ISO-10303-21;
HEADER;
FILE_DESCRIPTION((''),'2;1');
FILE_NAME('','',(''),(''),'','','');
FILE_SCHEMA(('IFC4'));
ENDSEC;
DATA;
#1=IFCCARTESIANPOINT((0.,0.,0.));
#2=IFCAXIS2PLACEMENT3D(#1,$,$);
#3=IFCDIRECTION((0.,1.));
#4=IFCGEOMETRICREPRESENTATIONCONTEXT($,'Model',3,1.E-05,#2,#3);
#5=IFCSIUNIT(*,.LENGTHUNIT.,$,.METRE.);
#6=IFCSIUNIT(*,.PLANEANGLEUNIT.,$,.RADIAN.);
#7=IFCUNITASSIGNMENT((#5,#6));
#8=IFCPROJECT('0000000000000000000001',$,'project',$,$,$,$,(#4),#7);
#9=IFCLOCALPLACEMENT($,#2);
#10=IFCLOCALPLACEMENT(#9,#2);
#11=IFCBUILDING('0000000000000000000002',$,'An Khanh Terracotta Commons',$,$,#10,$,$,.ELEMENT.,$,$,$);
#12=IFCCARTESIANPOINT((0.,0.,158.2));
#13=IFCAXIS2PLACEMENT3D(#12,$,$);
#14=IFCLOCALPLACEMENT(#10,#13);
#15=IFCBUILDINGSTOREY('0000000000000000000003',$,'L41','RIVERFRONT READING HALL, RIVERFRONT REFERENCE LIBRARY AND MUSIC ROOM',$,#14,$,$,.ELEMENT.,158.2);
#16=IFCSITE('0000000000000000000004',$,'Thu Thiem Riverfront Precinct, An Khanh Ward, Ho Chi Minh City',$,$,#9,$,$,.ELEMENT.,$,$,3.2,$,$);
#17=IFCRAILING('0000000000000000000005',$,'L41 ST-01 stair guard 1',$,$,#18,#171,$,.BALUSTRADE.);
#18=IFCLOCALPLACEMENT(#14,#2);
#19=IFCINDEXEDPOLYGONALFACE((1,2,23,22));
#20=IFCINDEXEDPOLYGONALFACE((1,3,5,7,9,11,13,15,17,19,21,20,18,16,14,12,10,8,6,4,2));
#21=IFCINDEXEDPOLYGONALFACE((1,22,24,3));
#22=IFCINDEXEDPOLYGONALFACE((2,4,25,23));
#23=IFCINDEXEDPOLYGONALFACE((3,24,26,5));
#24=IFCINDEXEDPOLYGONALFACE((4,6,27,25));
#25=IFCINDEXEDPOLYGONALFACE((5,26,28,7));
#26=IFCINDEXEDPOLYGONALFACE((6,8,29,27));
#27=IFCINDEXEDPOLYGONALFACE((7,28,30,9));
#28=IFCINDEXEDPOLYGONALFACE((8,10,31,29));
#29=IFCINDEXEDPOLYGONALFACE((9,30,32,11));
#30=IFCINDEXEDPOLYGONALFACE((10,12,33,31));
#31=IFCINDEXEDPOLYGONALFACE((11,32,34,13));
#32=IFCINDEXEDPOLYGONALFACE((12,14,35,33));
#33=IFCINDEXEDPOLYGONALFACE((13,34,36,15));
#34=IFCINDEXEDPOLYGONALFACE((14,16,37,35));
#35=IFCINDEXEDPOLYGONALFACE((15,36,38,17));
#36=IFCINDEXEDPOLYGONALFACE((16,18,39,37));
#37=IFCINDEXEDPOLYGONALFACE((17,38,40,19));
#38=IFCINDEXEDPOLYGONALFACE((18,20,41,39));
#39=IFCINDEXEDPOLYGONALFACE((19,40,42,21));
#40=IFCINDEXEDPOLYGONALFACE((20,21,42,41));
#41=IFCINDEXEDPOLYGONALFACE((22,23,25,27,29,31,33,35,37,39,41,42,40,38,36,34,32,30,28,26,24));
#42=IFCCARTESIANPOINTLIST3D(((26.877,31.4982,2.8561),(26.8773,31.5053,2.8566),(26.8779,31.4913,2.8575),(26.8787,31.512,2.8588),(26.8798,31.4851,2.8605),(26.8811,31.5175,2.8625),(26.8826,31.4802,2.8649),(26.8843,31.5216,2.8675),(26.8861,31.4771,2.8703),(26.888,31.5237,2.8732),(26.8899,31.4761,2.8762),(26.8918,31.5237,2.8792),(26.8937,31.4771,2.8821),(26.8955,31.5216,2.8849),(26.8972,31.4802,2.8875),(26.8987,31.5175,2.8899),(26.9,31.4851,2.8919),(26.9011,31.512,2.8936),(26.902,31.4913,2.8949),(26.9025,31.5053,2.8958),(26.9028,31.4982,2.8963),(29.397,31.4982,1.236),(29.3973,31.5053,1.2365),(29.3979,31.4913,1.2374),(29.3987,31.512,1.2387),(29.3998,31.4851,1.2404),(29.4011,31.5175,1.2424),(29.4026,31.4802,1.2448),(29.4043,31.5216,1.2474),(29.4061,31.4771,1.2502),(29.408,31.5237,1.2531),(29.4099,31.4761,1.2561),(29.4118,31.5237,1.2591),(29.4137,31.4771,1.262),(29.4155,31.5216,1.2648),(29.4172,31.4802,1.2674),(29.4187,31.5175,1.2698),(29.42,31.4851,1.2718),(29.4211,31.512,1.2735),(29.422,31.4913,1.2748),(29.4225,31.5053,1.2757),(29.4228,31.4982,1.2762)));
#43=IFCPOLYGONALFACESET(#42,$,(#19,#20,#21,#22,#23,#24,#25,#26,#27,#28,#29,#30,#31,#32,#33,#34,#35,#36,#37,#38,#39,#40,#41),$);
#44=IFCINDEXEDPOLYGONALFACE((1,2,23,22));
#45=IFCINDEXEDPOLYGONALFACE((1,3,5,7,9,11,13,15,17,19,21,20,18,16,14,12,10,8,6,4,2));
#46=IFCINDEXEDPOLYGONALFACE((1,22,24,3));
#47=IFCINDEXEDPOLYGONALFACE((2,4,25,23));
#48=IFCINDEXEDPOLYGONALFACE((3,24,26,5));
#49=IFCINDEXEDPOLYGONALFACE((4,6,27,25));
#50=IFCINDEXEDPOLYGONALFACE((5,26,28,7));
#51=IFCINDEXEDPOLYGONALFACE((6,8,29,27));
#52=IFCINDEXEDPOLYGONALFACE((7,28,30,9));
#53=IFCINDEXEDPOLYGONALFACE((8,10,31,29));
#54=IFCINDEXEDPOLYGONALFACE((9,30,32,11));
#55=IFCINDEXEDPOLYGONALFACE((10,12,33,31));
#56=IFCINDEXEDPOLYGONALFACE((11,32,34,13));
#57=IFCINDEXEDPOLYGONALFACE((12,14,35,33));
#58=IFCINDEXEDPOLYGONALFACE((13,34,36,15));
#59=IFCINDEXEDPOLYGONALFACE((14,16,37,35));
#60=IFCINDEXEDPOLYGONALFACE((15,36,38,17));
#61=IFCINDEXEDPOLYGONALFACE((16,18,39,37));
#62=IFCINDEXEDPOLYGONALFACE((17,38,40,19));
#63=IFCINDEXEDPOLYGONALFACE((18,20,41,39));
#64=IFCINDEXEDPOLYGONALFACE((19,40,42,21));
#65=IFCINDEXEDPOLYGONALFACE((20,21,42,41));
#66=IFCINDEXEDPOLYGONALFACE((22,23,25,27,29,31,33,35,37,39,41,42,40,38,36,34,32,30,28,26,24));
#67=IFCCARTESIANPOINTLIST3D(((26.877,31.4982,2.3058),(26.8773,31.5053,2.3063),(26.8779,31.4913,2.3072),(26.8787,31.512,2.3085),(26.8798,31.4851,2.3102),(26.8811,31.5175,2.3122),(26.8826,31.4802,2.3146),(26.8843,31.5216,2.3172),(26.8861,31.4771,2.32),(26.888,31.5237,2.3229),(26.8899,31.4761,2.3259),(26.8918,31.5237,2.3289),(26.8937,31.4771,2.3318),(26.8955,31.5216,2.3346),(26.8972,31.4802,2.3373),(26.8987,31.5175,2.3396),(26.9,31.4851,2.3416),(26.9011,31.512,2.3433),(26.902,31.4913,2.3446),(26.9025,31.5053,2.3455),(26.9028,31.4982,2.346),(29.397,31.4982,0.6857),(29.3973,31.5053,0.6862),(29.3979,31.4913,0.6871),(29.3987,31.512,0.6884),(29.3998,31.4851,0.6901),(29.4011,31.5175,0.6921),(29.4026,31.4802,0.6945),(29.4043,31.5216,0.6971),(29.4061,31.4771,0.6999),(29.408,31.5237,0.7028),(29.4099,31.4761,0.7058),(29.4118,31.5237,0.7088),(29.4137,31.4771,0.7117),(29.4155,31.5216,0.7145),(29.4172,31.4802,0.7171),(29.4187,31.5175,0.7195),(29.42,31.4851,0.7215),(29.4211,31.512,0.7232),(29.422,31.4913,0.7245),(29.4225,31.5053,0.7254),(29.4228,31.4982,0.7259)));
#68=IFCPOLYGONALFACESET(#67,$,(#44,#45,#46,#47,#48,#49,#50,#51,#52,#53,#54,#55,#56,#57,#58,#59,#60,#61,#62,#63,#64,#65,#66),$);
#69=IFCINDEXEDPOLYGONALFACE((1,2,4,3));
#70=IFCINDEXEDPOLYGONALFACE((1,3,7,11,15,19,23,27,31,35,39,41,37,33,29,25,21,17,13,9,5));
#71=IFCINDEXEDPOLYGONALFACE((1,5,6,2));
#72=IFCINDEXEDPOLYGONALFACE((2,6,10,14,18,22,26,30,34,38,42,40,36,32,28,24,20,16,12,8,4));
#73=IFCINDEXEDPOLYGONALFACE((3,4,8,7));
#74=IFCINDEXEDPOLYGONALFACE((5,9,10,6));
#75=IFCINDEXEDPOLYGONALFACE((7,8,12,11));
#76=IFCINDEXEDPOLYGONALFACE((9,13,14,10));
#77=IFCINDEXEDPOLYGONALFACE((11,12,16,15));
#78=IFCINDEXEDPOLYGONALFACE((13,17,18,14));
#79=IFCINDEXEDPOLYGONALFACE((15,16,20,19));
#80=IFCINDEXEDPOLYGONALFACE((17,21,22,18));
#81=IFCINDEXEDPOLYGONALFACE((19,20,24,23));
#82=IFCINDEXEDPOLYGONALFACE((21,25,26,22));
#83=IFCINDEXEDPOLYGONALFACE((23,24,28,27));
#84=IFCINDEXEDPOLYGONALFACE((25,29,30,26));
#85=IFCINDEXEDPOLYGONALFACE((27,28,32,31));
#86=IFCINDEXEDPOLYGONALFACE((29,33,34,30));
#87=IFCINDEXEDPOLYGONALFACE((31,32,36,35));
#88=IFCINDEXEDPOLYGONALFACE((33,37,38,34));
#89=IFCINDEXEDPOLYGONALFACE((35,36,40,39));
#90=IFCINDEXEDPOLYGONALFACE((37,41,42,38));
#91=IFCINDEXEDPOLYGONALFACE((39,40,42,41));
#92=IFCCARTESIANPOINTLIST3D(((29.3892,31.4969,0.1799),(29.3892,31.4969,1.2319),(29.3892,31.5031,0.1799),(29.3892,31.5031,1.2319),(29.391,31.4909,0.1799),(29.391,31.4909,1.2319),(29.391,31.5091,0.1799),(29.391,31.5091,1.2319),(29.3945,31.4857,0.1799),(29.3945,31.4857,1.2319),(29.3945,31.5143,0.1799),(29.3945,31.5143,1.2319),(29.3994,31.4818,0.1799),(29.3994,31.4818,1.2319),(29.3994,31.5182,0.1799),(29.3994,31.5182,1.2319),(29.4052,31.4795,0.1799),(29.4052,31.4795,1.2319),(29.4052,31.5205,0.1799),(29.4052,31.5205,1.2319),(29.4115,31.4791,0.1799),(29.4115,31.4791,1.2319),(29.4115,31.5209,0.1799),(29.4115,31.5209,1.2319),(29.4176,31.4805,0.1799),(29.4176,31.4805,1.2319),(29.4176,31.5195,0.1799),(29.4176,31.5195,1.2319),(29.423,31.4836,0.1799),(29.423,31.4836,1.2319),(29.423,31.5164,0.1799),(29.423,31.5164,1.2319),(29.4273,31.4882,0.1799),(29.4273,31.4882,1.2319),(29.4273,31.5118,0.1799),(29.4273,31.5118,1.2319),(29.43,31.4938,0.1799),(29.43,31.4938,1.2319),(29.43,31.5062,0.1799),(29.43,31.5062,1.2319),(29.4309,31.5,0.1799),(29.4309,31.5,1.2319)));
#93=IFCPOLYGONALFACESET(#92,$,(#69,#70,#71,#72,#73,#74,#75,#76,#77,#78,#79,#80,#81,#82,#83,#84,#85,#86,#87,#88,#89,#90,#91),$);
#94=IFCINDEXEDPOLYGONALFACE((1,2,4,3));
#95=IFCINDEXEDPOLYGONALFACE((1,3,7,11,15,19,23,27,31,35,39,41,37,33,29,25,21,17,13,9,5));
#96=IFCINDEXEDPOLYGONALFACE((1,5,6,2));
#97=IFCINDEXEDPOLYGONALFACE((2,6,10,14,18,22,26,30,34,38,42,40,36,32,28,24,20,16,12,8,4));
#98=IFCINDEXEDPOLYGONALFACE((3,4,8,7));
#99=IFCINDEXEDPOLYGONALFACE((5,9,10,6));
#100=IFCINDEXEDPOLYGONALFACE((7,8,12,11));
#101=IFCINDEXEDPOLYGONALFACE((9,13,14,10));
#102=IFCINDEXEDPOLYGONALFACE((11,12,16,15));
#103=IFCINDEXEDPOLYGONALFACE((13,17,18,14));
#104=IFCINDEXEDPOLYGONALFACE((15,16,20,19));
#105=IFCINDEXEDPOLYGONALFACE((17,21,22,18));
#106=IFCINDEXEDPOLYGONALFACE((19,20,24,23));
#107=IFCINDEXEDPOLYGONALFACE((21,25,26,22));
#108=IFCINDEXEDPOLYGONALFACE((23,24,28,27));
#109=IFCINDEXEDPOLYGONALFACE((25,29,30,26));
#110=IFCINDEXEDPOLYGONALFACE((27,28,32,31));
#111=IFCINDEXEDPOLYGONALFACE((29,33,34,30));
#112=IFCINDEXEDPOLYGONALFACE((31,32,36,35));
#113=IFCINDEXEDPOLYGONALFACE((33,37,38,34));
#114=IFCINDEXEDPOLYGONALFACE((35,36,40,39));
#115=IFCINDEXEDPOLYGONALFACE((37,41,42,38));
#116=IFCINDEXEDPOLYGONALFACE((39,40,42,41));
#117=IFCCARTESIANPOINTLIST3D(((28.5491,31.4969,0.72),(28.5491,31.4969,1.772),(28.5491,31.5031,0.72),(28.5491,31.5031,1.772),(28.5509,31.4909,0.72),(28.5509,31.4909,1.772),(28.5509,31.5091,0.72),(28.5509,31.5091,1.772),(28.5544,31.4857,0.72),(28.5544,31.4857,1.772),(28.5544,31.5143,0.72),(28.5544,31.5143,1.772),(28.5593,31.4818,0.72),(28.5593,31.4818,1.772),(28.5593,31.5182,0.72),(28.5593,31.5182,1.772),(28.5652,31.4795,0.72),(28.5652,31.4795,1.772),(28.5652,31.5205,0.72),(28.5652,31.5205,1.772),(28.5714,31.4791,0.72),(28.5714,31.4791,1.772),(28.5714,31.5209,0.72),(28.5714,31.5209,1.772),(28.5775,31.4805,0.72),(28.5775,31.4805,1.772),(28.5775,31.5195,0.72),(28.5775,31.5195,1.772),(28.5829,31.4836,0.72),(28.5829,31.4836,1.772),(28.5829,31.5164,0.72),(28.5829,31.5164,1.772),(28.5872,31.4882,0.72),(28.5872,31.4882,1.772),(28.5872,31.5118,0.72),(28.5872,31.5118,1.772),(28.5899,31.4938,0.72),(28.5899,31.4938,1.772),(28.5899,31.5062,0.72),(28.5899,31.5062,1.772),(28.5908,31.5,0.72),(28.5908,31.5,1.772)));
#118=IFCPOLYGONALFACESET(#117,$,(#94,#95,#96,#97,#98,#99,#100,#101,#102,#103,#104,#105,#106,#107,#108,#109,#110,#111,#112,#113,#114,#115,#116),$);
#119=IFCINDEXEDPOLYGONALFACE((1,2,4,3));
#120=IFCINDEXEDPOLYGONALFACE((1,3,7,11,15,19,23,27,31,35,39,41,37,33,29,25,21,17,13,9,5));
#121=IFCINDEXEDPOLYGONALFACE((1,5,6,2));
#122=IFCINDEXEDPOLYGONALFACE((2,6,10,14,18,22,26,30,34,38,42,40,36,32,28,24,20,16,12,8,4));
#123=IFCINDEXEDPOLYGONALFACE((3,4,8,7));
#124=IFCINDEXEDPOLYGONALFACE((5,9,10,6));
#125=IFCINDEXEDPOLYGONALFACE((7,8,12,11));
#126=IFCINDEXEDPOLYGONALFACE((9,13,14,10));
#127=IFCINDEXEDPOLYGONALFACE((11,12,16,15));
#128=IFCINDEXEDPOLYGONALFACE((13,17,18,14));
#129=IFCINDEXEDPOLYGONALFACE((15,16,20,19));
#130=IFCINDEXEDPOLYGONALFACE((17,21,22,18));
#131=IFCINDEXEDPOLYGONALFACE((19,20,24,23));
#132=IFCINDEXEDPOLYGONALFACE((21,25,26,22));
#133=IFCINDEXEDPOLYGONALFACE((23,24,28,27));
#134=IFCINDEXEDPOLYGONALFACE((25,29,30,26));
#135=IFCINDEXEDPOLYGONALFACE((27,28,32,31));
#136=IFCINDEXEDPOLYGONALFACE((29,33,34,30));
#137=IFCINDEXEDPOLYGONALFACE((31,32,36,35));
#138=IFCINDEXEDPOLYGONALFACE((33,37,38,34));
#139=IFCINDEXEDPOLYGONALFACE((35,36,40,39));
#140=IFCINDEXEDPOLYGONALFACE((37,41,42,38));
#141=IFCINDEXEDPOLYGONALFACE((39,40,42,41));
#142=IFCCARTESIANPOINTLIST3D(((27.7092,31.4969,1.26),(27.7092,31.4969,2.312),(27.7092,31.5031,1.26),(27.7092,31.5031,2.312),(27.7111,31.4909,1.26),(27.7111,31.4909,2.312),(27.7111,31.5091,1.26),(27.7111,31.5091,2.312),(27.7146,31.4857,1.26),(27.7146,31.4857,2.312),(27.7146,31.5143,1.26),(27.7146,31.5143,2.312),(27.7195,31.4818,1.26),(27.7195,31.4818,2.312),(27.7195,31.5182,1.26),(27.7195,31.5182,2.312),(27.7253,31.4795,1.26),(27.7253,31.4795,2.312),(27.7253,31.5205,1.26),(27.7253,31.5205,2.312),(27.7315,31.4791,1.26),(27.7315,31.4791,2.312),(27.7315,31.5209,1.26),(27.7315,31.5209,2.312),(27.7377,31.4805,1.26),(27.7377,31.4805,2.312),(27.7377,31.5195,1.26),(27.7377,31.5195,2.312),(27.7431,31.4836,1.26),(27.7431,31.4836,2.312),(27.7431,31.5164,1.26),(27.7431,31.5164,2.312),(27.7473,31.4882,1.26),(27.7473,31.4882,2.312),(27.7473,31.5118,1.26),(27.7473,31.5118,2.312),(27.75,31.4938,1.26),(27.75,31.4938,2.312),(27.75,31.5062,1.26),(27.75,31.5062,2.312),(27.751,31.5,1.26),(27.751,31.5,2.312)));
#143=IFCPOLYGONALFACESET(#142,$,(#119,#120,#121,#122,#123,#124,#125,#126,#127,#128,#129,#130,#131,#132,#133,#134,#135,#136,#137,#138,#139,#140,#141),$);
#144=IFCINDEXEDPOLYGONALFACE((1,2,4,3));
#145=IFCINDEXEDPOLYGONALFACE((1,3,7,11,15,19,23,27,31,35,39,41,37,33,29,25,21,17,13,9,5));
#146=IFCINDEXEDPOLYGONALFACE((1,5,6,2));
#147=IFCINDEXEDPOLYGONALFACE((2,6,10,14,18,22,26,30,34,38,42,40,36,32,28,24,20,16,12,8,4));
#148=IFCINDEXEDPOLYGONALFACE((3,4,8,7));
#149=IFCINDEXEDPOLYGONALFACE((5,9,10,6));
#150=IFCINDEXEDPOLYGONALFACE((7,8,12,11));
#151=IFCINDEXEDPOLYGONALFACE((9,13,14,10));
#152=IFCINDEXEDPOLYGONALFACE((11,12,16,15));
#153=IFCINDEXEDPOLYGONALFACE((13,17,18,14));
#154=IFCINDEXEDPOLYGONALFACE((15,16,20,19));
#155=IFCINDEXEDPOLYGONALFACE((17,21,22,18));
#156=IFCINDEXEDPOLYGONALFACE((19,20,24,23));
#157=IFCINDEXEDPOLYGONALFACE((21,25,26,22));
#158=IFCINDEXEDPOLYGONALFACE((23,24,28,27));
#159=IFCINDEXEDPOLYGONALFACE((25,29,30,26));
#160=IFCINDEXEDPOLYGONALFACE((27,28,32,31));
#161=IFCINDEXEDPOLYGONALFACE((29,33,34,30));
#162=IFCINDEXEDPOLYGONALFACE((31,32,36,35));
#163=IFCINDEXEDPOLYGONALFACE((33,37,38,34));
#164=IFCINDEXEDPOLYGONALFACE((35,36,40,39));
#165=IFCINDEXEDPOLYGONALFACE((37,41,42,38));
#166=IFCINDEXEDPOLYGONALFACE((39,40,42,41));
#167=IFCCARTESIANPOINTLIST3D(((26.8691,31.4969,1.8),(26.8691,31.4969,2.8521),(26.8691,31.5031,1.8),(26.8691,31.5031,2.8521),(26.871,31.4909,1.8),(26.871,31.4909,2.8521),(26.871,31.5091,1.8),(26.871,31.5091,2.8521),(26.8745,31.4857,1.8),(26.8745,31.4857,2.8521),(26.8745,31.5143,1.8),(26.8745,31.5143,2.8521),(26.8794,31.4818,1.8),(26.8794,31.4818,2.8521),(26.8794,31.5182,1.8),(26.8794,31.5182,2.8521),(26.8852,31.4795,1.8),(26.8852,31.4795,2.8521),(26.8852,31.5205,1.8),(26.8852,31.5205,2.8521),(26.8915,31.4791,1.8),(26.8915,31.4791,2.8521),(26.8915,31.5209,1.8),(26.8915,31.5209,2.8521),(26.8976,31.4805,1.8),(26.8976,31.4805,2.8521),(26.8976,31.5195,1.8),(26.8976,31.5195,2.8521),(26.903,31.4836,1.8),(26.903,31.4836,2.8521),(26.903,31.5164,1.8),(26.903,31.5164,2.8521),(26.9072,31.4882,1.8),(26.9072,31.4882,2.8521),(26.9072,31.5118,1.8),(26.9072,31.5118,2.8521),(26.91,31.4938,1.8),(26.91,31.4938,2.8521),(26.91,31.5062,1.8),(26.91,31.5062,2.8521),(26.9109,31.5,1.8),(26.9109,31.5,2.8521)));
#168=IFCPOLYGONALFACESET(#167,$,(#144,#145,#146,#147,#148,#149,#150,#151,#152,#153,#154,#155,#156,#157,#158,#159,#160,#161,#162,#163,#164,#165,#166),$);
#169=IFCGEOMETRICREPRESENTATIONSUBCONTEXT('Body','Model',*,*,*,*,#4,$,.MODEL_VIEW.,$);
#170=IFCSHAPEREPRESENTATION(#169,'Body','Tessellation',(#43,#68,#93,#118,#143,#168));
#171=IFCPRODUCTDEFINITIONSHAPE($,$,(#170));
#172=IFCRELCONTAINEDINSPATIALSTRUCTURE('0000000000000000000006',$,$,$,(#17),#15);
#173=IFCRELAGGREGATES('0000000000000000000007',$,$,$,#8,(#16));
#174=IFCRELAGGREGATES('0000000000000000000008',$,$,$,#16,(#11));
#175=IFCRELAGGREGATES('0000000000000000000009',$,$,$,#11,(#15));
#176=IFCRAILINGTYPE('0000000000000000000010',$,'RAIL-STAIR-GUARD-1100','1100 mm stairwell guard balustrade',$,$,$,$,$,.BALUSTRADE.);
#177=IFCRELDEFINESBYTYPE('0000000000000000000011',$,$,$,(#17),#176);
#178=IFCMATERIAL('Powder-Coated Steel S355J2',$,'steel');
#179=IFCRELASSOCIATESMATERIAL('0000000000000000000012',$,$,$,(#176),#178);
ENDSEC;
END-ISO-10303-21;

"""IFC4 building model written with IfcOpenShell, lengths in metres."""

from ifc_helpers import new_model, si_unit, direction, frame, origin, origin_2d, place, context, subcontext, project, spatial, circle, extrude, material, type_object, element, save


model = new_model("IFC4")

# Units and contexts
model_context = context("Model", 3, precision=1e-05, world=origin(), true_north=direction((0.0, 1.0)))
body_context = subcontext(model_context, "Body", "Model", "MODEL_VIEW")
ifc_project = project(units=[si_unit("LENGTHUNIT", "METRE"), si_unit("PLANEANGLEUNIT", "RADIAN")], contexts=[model_context])

# Site, building, storey
site_placement = place(None, origin())
site = spatial("IfcSite", under=ifc_project, at=site_placement, Name="Thu Thiem Riverfront Precinct, An Khanh Ward, Ho Chi Minh City", CompositionType="ELEMENT", RefElevation=3.2)
building_placement = place(site_placement, origin())
building = spatial("IfcBuilding", under=site, at=building_placement, Name="An Khanh Terracotta Commons", CompositionType="ELEMENT")
storey_placement = place(building_placement, frame((0.0, 0.0, 158.2)))
storey = spatial("IfcBuildingStorey", under=building, at=storey_placement, Name="L41", Description="RIVERFRONT READING HALL, RIVERFRONT REFERENCE LIBRARY AND MUSIC ROOM", CompositionType="ELEMENT", Elevation=158.2)

# Railing
ifc_material_1 = material(Name="Powder-Coated Steel S355J2", Category="steel")
railing_type_1 = type_object("IfcRailingType", Name="RAIL-STAIR-GUARD-1100", Description="1100 mm stairwell guard balustrade", PredefinedType="BALUSTRADE", material=ifc_material_1)
railing_1_placement = place(storey_placement, frame((29.4099, 31.5, 0.1799)))
element("IfcRailing", 1, at=railing_1_placement, inside=storey, type_object=railing_type_1, Name="L41 ST-01 stair guard 1", PredefinedType="BALUSTRADE", context=body_context, shape_type="SweptSolid", body=[
    extrude(circle(Radius=0.0239, at=origin_2d()), frame((0.0, 0.0, 1.0762), z_axis=(-0.841163, 0.0, 0.540782), x_axis=(0.0, -1.0, 0.0)), (0.0, 0.0, 1.0), 2.9958),
    extrude(circle(Radius=0.0239, at=origin_2d()), frame((0.0, 0.0, 0.5259), z_axis=(-0.841163, 0.0, 0.540782), x_axis=(0.0, -1.0, 0.0)), (0.0, 0.0, 1.0), 2.9958),
    extrude(circle(Radius=0.021, at=origin_2d()), origin(), (0.0, 0.0, 1.0), 1.052),
    extrude(circle(Radius=0.021, at=origin_2d()), frame((-0.8401, 0.0, 0.54)), (0.0, 0.0, 1.0), 1.052),
    extrude(circle(Radius=0.021, at=origin_2d()), frame((-1.6799, 0.0, 1.0801)), (0.0, 0.0, 1.0), 1.052),
    extrude(circle(Radius=0.021, at=origin_2d()), frame((-2.52, 0.0, 1.6201)), (0.0, 0.0, 1.0), 1.052),
])

save(model, "model.ifc")
